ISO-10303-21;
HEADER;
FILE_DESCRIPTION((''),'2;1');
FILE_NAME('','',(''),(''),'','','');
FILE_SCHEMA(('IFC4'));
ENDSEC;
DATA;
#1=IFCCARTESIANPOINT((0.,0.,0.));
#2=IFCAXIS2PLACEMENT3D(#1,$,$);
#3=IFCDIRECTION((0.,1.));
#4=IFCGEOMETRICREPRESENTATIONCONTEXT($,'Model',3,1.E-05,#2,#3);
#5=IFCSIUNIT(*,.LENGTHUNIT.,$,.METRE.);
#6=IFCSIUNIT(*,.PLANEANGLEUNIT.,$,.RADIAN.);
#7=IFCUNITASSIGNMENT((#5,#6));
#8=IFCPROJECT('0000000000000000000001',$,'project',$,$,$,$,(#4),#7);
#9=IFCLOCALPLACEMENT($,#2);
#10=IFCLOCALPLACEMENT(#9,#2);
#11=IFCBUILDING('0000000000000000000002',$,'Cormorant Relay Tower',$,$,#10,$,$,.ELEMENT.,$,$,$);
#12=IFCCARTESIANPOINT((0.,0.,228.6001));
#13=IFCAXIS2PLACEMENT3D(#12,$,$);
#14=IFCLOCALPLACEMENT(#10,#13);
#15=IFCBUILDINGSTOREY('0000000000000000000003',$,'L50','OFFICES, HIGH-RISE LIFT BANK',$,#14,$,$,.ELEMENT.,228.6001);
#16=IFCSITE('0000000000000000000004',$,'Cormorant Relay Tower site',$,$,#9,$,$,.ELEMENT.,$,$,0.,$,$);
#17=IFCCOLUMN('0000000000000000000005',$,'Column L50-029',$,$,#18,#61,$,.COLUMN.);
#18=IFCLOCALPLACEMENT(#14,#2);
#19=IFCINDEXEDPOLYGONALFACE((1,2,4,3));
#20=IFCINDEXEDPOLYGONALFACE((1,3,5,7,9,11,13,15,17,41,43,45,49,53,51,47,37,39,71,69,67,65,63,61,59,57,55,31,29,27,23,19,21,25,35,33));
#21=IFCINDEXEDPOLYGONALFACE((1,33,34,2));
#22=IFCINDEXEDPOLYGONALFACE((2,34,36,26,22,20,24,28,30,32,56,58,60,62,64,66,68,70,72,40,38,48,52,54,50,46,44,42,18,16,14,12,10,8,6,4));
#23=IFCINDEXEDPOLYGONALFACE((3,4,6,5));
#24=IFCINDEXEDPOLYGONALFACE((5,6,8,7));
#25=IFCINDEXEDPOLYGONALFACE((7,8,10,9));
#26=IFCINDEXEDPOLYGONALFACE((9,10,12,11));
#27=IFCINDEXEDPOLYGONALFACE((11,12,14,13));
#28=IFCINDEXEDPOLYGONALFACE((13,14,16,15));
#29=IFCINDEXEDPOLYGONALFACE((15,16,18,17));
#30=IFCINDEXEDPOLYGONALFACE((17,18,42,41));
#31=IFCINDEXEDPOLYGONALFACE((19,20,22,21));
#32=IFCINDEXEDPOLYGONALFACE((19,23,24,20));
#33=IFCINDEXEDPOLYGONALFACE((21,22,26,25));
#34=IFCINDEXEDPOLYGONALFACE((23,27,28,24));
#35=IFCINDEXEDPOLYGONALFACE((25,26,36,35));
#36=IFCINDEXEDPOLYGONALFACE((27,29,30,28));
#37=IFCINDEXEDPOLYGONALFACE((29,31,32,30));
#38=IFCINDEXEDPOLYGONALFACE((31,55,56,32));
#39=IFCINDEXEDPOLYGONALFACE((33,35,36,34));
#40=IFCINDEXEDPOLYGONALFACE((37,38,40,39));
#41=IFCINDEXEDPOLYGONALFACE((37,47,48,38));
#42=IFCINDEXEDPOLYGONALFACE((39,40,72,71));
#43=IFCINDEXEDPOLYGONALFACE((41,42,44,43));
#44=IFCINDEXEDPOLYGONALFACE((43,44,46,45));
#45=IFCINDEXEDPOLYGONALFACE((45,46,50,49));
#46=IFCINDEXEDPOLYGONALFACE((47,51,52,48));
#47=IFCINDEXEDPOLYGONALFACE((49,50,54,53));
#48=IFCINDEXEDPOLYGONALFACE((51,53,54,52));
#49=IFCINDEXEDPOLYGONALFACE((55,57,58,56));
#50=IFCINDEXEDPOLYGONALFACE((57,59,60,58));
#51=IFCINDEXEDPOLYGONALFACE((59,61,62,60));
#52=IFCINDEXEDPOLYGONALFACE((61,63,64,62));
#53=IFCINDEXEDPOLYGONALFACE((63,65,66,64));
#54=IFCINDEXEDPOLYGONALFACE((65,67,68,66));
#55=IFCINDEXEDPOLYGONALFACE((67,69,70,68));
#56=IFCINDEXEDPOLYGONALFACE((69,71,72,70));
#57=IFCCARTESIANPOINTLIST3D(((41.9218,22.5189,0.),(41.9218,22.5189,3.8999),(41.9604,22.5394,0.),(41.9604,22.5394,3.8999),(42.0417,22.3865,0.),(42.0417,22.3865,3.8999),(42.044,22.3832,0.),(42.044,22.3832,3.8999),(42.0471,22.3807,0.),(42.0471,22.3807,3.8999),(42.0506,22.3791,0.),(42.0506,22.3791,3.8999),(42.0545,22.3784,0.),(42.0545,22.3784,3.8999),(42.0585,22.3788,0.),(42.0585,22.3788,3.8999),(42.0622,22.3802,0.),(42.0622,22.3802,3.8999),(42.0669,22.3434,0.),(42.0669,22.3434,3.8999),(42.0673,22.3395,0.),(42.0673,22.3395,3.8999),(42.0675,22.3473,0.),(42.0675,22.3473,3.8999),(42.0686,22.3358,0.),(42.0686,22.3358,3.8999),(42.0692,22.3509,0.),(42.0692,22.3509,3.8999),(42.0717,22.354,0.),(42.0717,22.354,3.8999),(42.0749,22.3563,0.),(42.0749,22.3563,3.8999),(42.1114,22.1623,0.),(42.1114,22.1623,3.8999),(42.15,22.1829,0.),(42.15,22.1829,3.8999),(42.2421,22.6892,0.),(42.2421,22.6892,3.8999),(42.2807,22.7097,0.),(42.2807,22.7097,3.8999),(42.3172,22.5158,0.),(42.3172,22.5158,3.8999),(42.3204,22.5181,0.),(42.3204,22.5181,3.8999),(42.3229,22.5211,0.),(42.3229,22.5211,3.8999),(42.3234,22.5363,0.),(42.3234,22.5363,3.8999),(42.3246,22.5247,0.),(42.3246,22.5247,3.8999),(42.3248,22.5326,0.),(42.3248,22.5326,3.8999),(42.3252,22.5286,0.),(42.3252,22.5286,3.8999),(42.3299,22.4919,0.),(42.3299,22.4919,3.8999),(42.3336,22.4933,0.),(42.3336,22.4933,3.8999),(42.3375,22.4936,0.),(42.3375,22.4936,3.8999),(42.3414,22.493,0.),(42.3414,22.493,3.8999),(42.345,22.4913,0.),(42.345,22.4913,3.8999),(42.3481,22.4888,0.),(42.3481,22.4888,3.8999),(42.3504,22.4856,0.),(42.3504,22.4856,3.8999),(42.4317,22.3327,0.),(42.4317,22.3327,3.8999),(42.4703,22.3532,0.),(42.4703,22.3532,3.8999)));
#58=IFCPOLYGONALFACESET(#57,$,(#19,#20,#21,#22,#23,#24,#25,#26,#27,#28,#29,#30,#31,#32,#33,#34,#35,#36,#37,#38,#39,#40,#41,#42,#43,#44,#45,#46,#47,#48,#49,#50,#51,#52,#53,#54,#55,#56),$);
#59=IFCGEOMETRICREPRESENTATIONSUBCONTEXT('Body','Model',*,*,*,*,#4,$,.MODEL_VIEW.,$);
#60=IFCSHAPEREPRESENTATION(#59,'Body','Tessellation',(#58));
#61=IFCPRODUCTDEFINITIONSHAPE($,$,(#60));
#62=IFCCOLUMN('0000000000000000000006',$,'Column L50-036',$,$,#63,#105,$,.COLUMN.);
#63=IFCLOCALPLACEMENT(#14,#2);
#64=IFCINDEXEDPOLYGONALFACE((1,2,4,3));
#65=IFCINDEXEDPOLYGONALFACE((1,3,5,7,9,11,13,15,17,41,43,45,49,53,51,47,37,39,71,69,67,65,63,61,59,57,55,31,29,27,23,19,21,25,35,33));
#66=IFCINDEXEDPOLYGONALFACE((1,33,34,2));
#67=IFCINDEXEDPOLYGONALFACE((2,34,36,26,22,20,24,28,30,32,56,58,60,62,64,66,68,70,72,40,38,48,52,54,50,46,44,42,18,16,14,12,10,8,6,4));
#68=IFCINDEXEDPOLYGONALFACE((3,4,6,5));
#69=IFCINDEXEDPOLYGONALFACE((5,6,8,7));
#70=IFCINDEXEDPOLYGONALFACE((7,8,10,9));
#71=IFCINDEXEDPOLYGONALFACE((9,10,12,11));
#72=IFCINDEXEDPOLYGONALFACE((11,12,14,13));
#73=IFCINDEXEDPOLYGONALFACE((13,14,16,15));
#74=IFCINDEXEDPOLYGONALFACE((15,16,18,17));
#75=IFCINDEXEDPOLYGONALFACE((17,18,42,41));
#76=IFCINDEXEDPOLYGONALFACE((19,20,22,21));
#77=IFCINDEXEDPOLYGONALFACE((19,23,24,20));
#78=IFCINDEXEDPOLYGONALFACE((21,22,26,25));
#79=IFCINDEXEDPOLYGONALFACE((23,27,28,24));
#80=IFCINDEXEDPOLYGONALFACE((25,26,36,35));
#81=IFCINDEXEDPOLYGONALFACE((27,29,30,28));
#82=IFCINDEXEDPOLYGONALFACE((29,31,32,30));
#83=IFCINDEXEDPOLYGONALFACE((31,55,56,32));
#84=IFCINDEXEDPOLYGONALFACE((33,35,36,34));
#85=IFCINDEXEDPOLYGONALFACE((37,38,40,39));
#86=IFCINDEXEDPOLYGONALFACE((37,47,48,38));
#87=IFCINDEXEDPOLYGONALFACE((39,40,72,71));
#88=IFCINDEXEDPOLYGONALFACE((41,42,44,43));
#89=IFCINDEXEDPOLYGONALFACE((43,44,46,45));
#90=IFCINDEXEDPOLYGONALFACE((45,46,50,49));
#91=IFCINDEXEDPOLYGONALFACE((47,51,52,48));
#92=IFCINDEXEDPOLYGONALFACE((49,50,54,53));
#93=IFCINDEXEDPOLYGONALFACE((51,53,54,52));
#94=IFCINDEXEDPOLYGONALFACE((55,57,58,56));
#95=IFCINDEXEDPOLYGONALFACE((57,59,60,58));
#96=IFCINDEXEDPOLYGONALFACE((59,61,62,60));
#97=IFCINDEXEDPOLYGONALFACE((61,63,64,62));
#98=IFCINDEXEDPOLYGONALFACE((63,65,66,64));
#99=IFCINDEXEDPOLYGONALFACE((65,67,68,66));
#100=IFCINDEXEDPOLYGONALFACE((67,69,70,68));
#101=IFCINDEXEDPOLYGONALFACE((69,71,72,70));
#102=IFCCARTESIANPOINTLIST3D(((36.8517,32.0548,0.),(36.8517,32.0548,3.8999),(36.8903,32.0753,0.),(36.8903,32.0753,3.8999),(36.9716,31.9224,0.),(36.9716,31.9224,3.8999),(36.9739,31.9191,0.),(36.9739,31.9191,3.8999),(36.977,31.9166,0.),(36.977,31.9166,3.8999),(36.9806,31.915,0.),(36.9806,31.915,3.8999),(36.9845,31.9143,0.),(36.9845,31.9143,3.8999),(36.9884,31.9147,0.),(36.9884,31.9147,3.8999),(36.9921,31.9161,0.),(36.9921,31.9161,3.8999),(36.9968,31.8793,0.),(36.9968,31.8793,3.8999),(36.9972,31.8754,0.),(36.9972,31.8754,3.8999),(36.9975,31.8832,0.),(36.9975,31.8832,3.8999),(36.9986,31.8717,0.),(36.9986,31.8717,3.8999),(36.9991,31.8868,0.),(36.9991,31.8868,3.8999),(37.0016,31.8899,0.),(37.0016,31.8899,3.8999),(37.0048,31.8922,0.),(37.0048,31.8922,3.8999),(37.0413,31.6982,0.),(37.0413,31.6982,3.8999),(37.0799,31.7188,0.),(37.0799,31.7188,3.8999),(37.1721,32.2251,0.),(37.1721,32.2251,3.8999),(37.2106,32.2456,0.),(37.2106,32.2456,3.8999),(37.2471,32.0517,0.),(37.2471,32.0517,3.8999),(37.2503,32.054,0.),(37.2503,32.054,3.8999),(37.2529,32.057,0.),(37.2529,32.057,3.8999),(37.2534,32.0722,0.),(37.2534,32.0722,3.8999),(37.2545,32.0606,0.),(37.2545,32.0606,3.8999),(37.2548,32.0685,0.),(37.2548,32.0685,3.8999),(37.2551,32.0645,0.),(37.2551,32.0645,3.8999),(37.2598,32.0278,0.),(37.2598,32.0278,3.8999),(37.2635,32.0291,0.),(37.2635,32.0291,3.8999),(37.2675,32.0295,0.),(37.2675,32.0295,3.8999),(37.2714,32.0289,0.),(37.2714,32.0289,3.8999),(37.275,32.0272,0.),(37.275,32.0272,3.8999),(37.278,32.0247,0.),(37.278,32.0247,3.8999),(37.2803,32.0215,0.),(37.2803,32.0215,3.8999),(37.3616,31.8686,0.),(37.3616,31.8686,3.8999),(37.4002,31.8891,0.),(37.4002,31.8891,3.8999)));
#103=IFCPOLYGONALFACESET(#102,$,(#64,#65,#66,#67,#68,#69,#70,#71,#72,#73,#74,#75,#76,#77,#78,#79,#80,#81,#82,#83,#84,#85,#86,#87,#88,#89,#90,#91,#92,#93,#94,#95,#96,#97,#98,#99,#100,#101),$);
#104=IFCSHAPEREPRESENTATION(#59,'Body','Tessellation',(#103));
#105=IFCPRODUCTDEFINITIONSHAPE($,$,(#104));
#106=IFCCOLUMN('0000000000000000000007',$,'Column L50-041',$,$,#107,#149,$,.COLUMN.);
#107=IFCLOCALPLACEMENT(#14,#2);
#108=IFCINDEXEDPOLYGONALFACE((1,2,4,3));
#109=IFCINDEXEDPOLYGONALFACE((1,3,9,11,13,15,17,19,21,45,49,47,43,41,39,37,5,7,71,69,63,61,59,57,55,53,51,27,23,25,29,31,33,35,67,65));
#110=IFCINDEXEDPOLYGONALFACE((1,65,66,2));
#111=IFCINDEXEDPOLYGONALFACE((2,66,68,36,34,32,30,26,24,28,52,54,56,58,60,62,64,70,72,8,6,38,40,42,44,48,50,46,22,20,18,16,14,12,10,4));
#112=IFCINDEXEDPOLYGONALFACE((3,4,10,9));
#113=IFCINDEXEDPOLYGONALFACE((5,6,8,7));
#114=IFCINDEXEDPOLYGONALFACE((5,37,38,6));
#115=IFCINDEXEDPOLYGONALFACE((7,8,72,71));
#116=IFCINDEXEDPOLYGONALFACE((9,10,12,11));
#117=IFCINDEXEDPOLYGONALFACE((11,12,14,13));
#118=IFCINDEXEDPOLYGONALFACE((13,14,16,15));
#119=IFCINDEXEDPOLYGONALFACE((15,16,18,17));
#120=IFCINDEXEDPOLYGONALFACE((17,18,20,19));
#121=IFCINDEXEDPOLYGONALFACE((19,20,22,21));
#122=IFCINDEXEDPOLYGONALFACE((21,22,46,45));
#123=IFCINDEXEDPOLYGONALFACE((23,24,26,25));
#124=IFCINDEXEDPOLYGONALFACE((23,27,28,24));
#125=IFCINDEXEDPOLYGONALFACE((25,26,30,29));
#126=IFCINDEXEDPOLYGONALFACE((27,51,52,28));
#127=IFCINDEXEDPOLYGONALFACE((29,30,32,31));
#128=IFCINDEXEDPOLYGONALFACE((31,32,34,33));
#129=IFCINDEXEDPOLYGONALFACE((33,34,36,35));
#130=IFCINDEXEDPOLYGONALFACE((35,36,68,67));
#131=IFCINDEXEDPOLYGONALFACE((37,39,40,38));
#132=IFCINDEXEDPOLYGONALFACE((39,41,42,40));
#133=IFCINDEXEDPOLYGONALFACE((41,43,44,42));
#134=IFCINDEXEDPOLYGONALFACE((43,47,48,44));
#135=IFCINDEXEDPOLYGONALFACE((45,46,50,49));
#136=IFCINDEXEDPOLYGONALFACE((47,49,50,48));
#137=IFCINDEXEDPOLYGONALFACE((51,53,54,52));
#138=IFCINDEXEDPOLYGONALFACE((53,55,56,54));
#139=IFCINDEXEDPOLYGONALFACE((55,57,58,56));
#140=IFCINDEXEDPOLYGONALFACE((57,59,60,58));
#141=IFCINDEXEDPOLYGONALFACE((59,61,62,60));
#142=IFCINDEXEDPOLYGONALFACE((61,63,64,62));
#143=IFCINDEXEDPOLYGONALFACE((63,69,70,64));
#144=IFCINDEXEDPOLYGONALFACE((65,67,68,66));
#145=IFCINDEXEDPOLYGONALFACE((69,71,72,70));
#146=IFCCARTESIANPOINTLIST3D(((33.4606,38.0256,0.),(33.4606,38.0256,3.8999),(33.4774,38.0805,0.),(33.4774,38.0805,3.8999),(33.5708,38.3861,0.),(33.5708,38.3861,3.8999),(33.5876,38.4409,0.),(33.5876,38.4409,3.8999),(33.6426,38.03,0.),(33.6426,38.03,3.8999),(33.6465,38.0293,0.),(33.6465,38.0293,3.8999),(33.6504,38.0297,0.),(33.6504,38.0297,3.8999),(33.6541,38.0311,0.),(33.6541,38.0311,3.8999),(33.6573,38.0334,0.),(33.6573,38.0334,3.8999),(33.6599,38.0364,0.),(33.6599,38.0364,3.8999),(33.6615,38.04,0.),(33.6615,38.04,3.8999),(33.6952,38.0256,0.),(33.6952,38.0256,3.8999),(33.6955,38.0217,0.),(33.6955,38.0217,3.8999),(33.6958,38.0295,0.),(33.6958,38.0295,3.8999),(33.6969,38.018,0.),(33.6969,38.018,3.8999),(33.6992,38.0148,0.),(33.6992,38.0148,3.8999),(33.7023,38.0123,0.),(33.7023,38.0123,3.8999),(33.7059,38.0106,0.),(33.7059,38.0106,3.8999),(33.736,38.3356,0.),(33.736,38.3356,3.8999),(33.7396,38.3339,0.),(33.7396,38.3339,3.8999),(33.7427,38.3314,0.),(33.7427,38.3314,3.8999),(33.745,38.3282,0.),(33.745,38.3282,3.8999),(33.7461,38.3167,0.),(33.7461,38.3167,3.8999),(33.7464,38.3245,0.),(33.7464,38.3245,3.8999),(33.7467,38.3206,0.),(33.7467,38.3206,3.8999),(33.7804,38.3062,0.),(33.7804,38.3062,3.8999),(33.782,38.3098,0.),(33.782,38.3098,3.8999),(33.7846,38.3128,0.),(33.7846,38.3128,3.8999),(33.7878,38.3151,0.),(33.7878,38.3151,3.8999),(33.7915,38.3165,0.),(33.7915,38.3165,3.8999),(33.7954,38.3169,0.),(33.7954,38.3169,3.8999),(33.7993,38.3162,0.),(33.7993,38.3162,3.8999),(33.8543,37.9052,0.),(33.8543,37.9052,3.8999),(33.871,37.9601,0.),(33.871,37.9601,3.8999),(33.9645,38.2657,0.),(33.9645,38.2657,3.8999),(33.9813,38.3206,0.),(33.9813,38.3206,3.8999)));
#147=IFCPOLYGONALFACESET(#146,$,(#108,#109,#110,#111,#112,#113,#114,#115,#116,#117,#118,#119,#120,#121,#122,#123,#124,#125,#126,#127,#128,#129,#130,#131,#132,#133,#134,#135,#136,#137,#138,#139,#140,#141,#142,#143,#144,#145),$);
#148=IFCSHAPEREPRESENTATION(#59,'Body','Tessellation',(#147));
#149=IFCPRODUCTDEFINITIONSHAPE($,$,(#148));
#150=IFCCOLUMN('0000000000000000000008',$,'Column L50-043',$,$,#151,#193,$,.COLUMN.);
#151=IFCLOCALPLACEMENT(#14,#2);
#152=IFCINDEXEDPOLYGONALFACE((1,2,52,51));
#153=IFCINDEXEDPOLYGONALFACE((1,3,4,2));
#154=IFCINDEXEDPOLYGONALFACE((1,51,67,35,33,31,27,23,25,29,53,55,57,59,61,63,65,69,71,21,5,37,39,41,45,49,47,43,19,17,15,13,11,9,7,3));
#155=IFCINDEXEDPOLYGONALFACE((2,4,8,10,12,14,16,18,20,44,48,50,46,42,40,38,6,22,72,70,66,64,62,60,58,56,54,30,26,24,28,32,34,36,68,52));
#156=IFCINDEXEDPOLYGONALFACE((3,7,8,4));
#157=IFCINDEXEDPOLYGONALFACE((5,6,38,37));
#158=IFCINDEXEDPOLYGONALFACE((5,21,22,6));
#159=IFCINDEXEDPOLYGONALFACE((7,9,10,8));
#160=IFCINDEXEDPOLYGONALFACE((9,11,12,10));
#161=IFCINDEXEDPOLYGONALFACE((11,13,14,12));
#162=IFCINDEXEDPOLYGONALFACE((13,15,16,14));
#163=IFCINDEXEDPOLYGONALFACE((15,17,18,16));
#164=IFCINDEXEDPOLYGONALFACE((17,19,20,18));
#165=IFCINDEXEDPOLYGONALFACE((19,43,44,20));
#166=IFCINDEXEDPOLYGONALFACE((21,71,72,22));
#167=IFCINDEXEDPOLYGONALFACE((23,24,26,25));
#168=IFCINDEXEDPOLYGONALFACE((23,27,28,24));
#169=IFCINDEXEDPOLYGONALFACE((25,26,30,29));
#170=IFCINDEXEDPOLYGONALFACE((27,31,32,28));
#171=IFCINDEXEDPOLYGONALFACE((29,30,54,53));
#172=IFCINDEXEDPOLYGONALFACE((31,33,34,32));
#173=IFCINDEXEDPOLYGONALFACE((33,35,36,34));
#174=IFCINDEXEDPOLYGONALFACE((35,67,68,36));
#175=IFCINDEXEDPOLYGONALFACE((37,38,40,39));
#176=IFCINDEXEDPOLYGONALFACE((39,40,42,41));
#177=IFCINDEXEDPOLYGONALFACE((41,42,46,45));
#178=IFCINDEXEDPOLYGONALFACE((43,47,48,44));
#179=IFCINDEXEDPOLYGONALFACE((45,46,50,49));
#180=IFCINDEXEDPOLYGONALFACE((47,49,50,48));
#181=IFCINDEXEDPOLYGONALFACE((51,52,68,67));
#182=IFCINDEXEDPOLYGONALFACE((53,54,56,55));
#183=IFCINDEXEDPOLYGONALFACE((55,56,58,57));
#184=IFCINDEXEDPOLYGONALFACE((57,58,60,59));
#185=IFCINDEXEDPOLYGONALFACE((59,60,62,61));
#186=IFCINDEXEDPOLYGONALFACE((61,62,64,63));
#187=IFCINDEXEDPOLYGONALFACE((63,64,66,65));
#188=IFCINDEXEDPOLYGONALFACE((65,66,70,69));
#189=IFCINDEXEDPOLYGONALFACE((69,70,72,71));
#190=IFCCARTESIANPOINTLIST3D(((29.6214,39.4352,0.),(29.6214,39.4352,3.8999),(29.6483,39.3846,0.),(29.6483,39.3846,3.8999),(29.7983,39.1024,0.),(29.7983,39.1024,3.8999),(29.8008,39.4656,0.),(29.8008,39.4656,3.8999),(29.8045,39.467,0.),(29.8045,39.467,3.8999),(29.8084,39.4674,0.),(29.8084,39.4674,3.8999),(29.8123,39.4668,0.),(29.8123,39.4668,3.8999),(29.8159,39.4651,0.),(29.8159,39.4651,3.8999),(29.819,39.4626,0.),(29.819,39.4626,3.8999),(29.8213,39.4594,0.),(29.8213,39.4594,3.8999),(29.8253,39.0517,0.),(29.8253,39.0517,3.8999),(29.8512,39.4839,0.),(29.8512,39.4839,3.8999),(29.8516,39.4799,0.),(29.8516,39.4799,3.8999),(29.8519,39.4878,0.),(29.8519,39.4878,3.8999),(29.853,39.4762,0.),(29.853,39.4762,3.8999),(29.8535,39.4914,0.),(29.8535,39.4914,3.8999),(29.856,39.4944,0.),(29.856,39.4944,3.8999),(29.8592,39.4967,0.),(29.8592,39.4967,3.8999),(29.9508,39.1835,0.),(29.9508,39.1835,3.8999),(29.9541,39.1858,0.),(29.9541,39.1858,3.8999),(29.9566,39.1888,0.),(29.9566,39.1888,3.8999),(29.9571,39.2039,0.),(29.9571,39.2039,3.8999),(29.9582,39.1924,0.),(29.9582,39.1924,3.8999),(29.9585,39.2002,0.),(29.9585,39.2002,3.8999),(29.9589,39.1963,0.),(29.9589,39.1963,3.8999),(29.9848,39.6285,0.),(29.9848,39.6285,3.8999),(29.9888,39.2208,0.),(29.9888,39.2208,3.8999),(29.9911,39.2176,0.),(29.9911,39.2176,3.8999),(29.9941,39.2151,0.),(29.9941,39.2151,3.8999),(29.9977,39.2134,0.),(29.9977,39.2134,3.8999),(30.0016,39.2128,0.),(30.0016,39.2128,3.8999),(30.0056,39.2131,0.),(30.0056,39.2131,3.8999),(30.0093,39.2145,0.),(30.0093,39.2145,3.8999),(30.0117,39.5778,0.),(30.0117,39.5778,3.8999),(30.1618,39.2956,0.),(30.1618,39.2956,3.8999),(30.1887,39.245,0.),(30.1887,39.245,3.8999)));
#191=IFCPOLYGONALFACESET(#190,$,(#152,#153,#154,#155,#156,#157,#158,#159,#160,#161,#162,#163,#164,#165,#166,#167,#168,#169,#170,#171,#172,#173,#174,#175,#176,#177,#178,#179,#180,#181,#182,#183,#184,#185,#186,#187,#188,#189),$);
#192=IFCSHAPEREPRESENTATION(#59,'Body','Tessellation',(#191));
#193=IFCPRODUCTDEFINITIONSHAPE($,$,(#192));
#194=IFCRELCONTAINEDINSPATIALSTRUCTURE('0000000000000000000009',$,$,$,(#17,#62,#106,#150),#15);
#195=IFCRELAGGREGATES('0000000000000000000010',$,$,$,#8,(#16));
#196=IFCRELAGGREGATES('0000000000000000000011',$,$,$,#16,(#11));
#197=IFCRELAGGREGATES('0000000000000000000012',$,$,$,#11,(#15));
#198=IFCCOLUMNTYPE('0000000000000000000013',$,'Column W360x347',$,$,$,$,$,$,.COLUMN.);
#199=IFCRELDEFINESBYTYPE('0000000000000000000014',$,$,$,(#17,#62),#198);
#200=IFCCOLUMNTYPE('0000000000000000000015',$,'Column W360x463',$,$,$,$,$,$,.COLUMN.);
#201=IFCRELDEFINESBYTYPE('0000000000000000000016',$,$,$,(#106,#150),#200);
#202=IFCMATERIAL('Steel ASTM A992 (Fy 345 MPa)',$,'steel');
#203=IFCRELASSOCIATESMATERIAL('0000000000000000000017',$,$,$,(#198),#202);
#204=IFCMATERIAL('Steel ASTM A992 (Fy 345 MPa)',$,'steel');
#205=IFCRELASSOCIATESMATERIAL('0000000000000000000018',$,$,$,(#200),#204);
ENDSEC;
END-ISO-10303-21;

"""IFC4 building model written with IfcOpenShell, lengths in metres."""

from ifc_helpers import new_model, si_unit, direction, frame, origin, origin_2d, place, context, subcontext, project, spatial, i_section, extrude, material, material_profile, profile_set, type_object, element, save


model = new_model("IFC4")

# Units and contexts
model_context = context("Model", 3, precision=1e-05, world=origin(), true_north=direction((0.0, 1.0)))
body_context = subcontext(model_context, "Body", "Model", "MODEL_VIEW")
ifc_project = project(units=[si_unit("LENGTHUNIT", "METRE"), si_unit("PLANEANGLEUNIT", "RADIAN")], contexts=[model_context])

# Site, building, storey
site_placement = place(None, origin())
site = spatial("IfcSite", under=ifc_project, at=site_placement, Name="Cormorant Relay Tower site", CompositionType="ELEMENT", RefElevation=0.0)
building_placement = place(site_placement, origin())
building = spatial("IfcBuilding", under=site, at=building_placement, Name="Cormorant Relay Tower", CompositionType="ELEMENT")
storey_placement = place(building_placement, frame((0.0, 0.0, 228.6001)))
storey = spatial("IfcBuildingStorey", under=building, at=storey_placement, Name="L50", Description="OFFICES, HIGH-RISE LIFT BANK", CompositionType="ELEMENT", Elevation=228.6001)

# Columns
ifc_material_1 = material(Name="Steel ASTM A992 (Fy 345 MPa)", Category="steel")
ifc_material_profile_1 = material_profile(ifc_material_1, i_section(OverallWidth=0.4038, OverallDepth=0.4065, WebThickness=0.0271, FlangeThickness=0.0437, FilletRadius=0.0151, at=origin_2d()), Name="W360x347")
ifc_profile_set_1 = profile_set([ifc_material_profile_1], Name="Steel ASTM A992 (Fy 345 MPa)")
column_type_1 = type_object("IfcColumnType", Name="Column W360x347", PredefinedType="COLUMN", material=ifc_profile_set_1)
for number, where, z_axis, x_axis, name in (
    (1, (42.196, 22.436, 0.0), (0.0, 0.0, 1.0), (-0.469472, 0.882948, 0.0), "Column L50-029"),
    (2, (37.126, 31.9719, 0.0), (0.0, 0.0, 1.0), (-0.469472, 0.882948, 0.0), "Column L50-036"),
):
    element("IfcColumn", number, at=place(storey_placement, frame(where, z_axis=z_axis, x_axis=x_axis)), inside=storey, type_object=column_type_1, Name=name, PredefinedType="COLUMN", context=body_context, shape_type="SweptSolid", body=[
        extrude(i_section(OverallWidth=0.4038, OverallDepth=0.4065, WebThickness=0.0271, FlangeThickness=0.0437, FilletRadius=0.0151, at=origin_2d()), origin(), (0.0, 0.0, 1.0), 3.8999),
    ])
ifc_material_2 = material(Name="Steel ASTM A992 (Fy 345 MPa)", Category="steel")
ifc_material_profile_2 = material_profile(ifc_material_2, i_section(OverallWidth=0.4116, OverallDepth=0.4343, WebThickness=0.0359, FlangeThickness=0.0574, FilletRadius=0.0151, at=origin_2d()), Name="W360x463")
ifc_profile_set_2 = profile_set([ifc_material_profile_2], Name="Steel ASTM A992 (Fy 345 MPa)")
column_type_2 = type_object("IfcColumnType", Name="Column W360x463", PredefinedType="COLUMN", material=ifc_profile_set_2)
for number, where, z_axis, x_axis, name in (
    (3, (33.7209, 38.1731, 0.0), (0.0, 0.0, 1.0), (-0.956305, 0.292372, 0.0), "Column L50-041"),
    (4, (29.905, 39.3401, 0.0), (0.0, 0.0, 1.0), (-0.882948, -0.469472, 0.0), "Column L50-043"),
):
    element("IfcColumn", number, at=place(storey_placement, frame(where, z_axis=z_axis, x_axis=x_axis)), inside=storey, type_object=column_type_2, Name=name, PredefinedType="COLUMN", context=body_context, shape_type="SweptSolid", body=[
        extrude(i_section(OverallWidth=0.4116, OverallDepth=0.4343, WebThickness=0.0359, FlangeThickness=0.0574, FilletRadius=0.0151, at=origin_2d()), origin(), (0.0, 0.0, 1.0), 3.8999),
    ])

save(model, "model.ifc")
